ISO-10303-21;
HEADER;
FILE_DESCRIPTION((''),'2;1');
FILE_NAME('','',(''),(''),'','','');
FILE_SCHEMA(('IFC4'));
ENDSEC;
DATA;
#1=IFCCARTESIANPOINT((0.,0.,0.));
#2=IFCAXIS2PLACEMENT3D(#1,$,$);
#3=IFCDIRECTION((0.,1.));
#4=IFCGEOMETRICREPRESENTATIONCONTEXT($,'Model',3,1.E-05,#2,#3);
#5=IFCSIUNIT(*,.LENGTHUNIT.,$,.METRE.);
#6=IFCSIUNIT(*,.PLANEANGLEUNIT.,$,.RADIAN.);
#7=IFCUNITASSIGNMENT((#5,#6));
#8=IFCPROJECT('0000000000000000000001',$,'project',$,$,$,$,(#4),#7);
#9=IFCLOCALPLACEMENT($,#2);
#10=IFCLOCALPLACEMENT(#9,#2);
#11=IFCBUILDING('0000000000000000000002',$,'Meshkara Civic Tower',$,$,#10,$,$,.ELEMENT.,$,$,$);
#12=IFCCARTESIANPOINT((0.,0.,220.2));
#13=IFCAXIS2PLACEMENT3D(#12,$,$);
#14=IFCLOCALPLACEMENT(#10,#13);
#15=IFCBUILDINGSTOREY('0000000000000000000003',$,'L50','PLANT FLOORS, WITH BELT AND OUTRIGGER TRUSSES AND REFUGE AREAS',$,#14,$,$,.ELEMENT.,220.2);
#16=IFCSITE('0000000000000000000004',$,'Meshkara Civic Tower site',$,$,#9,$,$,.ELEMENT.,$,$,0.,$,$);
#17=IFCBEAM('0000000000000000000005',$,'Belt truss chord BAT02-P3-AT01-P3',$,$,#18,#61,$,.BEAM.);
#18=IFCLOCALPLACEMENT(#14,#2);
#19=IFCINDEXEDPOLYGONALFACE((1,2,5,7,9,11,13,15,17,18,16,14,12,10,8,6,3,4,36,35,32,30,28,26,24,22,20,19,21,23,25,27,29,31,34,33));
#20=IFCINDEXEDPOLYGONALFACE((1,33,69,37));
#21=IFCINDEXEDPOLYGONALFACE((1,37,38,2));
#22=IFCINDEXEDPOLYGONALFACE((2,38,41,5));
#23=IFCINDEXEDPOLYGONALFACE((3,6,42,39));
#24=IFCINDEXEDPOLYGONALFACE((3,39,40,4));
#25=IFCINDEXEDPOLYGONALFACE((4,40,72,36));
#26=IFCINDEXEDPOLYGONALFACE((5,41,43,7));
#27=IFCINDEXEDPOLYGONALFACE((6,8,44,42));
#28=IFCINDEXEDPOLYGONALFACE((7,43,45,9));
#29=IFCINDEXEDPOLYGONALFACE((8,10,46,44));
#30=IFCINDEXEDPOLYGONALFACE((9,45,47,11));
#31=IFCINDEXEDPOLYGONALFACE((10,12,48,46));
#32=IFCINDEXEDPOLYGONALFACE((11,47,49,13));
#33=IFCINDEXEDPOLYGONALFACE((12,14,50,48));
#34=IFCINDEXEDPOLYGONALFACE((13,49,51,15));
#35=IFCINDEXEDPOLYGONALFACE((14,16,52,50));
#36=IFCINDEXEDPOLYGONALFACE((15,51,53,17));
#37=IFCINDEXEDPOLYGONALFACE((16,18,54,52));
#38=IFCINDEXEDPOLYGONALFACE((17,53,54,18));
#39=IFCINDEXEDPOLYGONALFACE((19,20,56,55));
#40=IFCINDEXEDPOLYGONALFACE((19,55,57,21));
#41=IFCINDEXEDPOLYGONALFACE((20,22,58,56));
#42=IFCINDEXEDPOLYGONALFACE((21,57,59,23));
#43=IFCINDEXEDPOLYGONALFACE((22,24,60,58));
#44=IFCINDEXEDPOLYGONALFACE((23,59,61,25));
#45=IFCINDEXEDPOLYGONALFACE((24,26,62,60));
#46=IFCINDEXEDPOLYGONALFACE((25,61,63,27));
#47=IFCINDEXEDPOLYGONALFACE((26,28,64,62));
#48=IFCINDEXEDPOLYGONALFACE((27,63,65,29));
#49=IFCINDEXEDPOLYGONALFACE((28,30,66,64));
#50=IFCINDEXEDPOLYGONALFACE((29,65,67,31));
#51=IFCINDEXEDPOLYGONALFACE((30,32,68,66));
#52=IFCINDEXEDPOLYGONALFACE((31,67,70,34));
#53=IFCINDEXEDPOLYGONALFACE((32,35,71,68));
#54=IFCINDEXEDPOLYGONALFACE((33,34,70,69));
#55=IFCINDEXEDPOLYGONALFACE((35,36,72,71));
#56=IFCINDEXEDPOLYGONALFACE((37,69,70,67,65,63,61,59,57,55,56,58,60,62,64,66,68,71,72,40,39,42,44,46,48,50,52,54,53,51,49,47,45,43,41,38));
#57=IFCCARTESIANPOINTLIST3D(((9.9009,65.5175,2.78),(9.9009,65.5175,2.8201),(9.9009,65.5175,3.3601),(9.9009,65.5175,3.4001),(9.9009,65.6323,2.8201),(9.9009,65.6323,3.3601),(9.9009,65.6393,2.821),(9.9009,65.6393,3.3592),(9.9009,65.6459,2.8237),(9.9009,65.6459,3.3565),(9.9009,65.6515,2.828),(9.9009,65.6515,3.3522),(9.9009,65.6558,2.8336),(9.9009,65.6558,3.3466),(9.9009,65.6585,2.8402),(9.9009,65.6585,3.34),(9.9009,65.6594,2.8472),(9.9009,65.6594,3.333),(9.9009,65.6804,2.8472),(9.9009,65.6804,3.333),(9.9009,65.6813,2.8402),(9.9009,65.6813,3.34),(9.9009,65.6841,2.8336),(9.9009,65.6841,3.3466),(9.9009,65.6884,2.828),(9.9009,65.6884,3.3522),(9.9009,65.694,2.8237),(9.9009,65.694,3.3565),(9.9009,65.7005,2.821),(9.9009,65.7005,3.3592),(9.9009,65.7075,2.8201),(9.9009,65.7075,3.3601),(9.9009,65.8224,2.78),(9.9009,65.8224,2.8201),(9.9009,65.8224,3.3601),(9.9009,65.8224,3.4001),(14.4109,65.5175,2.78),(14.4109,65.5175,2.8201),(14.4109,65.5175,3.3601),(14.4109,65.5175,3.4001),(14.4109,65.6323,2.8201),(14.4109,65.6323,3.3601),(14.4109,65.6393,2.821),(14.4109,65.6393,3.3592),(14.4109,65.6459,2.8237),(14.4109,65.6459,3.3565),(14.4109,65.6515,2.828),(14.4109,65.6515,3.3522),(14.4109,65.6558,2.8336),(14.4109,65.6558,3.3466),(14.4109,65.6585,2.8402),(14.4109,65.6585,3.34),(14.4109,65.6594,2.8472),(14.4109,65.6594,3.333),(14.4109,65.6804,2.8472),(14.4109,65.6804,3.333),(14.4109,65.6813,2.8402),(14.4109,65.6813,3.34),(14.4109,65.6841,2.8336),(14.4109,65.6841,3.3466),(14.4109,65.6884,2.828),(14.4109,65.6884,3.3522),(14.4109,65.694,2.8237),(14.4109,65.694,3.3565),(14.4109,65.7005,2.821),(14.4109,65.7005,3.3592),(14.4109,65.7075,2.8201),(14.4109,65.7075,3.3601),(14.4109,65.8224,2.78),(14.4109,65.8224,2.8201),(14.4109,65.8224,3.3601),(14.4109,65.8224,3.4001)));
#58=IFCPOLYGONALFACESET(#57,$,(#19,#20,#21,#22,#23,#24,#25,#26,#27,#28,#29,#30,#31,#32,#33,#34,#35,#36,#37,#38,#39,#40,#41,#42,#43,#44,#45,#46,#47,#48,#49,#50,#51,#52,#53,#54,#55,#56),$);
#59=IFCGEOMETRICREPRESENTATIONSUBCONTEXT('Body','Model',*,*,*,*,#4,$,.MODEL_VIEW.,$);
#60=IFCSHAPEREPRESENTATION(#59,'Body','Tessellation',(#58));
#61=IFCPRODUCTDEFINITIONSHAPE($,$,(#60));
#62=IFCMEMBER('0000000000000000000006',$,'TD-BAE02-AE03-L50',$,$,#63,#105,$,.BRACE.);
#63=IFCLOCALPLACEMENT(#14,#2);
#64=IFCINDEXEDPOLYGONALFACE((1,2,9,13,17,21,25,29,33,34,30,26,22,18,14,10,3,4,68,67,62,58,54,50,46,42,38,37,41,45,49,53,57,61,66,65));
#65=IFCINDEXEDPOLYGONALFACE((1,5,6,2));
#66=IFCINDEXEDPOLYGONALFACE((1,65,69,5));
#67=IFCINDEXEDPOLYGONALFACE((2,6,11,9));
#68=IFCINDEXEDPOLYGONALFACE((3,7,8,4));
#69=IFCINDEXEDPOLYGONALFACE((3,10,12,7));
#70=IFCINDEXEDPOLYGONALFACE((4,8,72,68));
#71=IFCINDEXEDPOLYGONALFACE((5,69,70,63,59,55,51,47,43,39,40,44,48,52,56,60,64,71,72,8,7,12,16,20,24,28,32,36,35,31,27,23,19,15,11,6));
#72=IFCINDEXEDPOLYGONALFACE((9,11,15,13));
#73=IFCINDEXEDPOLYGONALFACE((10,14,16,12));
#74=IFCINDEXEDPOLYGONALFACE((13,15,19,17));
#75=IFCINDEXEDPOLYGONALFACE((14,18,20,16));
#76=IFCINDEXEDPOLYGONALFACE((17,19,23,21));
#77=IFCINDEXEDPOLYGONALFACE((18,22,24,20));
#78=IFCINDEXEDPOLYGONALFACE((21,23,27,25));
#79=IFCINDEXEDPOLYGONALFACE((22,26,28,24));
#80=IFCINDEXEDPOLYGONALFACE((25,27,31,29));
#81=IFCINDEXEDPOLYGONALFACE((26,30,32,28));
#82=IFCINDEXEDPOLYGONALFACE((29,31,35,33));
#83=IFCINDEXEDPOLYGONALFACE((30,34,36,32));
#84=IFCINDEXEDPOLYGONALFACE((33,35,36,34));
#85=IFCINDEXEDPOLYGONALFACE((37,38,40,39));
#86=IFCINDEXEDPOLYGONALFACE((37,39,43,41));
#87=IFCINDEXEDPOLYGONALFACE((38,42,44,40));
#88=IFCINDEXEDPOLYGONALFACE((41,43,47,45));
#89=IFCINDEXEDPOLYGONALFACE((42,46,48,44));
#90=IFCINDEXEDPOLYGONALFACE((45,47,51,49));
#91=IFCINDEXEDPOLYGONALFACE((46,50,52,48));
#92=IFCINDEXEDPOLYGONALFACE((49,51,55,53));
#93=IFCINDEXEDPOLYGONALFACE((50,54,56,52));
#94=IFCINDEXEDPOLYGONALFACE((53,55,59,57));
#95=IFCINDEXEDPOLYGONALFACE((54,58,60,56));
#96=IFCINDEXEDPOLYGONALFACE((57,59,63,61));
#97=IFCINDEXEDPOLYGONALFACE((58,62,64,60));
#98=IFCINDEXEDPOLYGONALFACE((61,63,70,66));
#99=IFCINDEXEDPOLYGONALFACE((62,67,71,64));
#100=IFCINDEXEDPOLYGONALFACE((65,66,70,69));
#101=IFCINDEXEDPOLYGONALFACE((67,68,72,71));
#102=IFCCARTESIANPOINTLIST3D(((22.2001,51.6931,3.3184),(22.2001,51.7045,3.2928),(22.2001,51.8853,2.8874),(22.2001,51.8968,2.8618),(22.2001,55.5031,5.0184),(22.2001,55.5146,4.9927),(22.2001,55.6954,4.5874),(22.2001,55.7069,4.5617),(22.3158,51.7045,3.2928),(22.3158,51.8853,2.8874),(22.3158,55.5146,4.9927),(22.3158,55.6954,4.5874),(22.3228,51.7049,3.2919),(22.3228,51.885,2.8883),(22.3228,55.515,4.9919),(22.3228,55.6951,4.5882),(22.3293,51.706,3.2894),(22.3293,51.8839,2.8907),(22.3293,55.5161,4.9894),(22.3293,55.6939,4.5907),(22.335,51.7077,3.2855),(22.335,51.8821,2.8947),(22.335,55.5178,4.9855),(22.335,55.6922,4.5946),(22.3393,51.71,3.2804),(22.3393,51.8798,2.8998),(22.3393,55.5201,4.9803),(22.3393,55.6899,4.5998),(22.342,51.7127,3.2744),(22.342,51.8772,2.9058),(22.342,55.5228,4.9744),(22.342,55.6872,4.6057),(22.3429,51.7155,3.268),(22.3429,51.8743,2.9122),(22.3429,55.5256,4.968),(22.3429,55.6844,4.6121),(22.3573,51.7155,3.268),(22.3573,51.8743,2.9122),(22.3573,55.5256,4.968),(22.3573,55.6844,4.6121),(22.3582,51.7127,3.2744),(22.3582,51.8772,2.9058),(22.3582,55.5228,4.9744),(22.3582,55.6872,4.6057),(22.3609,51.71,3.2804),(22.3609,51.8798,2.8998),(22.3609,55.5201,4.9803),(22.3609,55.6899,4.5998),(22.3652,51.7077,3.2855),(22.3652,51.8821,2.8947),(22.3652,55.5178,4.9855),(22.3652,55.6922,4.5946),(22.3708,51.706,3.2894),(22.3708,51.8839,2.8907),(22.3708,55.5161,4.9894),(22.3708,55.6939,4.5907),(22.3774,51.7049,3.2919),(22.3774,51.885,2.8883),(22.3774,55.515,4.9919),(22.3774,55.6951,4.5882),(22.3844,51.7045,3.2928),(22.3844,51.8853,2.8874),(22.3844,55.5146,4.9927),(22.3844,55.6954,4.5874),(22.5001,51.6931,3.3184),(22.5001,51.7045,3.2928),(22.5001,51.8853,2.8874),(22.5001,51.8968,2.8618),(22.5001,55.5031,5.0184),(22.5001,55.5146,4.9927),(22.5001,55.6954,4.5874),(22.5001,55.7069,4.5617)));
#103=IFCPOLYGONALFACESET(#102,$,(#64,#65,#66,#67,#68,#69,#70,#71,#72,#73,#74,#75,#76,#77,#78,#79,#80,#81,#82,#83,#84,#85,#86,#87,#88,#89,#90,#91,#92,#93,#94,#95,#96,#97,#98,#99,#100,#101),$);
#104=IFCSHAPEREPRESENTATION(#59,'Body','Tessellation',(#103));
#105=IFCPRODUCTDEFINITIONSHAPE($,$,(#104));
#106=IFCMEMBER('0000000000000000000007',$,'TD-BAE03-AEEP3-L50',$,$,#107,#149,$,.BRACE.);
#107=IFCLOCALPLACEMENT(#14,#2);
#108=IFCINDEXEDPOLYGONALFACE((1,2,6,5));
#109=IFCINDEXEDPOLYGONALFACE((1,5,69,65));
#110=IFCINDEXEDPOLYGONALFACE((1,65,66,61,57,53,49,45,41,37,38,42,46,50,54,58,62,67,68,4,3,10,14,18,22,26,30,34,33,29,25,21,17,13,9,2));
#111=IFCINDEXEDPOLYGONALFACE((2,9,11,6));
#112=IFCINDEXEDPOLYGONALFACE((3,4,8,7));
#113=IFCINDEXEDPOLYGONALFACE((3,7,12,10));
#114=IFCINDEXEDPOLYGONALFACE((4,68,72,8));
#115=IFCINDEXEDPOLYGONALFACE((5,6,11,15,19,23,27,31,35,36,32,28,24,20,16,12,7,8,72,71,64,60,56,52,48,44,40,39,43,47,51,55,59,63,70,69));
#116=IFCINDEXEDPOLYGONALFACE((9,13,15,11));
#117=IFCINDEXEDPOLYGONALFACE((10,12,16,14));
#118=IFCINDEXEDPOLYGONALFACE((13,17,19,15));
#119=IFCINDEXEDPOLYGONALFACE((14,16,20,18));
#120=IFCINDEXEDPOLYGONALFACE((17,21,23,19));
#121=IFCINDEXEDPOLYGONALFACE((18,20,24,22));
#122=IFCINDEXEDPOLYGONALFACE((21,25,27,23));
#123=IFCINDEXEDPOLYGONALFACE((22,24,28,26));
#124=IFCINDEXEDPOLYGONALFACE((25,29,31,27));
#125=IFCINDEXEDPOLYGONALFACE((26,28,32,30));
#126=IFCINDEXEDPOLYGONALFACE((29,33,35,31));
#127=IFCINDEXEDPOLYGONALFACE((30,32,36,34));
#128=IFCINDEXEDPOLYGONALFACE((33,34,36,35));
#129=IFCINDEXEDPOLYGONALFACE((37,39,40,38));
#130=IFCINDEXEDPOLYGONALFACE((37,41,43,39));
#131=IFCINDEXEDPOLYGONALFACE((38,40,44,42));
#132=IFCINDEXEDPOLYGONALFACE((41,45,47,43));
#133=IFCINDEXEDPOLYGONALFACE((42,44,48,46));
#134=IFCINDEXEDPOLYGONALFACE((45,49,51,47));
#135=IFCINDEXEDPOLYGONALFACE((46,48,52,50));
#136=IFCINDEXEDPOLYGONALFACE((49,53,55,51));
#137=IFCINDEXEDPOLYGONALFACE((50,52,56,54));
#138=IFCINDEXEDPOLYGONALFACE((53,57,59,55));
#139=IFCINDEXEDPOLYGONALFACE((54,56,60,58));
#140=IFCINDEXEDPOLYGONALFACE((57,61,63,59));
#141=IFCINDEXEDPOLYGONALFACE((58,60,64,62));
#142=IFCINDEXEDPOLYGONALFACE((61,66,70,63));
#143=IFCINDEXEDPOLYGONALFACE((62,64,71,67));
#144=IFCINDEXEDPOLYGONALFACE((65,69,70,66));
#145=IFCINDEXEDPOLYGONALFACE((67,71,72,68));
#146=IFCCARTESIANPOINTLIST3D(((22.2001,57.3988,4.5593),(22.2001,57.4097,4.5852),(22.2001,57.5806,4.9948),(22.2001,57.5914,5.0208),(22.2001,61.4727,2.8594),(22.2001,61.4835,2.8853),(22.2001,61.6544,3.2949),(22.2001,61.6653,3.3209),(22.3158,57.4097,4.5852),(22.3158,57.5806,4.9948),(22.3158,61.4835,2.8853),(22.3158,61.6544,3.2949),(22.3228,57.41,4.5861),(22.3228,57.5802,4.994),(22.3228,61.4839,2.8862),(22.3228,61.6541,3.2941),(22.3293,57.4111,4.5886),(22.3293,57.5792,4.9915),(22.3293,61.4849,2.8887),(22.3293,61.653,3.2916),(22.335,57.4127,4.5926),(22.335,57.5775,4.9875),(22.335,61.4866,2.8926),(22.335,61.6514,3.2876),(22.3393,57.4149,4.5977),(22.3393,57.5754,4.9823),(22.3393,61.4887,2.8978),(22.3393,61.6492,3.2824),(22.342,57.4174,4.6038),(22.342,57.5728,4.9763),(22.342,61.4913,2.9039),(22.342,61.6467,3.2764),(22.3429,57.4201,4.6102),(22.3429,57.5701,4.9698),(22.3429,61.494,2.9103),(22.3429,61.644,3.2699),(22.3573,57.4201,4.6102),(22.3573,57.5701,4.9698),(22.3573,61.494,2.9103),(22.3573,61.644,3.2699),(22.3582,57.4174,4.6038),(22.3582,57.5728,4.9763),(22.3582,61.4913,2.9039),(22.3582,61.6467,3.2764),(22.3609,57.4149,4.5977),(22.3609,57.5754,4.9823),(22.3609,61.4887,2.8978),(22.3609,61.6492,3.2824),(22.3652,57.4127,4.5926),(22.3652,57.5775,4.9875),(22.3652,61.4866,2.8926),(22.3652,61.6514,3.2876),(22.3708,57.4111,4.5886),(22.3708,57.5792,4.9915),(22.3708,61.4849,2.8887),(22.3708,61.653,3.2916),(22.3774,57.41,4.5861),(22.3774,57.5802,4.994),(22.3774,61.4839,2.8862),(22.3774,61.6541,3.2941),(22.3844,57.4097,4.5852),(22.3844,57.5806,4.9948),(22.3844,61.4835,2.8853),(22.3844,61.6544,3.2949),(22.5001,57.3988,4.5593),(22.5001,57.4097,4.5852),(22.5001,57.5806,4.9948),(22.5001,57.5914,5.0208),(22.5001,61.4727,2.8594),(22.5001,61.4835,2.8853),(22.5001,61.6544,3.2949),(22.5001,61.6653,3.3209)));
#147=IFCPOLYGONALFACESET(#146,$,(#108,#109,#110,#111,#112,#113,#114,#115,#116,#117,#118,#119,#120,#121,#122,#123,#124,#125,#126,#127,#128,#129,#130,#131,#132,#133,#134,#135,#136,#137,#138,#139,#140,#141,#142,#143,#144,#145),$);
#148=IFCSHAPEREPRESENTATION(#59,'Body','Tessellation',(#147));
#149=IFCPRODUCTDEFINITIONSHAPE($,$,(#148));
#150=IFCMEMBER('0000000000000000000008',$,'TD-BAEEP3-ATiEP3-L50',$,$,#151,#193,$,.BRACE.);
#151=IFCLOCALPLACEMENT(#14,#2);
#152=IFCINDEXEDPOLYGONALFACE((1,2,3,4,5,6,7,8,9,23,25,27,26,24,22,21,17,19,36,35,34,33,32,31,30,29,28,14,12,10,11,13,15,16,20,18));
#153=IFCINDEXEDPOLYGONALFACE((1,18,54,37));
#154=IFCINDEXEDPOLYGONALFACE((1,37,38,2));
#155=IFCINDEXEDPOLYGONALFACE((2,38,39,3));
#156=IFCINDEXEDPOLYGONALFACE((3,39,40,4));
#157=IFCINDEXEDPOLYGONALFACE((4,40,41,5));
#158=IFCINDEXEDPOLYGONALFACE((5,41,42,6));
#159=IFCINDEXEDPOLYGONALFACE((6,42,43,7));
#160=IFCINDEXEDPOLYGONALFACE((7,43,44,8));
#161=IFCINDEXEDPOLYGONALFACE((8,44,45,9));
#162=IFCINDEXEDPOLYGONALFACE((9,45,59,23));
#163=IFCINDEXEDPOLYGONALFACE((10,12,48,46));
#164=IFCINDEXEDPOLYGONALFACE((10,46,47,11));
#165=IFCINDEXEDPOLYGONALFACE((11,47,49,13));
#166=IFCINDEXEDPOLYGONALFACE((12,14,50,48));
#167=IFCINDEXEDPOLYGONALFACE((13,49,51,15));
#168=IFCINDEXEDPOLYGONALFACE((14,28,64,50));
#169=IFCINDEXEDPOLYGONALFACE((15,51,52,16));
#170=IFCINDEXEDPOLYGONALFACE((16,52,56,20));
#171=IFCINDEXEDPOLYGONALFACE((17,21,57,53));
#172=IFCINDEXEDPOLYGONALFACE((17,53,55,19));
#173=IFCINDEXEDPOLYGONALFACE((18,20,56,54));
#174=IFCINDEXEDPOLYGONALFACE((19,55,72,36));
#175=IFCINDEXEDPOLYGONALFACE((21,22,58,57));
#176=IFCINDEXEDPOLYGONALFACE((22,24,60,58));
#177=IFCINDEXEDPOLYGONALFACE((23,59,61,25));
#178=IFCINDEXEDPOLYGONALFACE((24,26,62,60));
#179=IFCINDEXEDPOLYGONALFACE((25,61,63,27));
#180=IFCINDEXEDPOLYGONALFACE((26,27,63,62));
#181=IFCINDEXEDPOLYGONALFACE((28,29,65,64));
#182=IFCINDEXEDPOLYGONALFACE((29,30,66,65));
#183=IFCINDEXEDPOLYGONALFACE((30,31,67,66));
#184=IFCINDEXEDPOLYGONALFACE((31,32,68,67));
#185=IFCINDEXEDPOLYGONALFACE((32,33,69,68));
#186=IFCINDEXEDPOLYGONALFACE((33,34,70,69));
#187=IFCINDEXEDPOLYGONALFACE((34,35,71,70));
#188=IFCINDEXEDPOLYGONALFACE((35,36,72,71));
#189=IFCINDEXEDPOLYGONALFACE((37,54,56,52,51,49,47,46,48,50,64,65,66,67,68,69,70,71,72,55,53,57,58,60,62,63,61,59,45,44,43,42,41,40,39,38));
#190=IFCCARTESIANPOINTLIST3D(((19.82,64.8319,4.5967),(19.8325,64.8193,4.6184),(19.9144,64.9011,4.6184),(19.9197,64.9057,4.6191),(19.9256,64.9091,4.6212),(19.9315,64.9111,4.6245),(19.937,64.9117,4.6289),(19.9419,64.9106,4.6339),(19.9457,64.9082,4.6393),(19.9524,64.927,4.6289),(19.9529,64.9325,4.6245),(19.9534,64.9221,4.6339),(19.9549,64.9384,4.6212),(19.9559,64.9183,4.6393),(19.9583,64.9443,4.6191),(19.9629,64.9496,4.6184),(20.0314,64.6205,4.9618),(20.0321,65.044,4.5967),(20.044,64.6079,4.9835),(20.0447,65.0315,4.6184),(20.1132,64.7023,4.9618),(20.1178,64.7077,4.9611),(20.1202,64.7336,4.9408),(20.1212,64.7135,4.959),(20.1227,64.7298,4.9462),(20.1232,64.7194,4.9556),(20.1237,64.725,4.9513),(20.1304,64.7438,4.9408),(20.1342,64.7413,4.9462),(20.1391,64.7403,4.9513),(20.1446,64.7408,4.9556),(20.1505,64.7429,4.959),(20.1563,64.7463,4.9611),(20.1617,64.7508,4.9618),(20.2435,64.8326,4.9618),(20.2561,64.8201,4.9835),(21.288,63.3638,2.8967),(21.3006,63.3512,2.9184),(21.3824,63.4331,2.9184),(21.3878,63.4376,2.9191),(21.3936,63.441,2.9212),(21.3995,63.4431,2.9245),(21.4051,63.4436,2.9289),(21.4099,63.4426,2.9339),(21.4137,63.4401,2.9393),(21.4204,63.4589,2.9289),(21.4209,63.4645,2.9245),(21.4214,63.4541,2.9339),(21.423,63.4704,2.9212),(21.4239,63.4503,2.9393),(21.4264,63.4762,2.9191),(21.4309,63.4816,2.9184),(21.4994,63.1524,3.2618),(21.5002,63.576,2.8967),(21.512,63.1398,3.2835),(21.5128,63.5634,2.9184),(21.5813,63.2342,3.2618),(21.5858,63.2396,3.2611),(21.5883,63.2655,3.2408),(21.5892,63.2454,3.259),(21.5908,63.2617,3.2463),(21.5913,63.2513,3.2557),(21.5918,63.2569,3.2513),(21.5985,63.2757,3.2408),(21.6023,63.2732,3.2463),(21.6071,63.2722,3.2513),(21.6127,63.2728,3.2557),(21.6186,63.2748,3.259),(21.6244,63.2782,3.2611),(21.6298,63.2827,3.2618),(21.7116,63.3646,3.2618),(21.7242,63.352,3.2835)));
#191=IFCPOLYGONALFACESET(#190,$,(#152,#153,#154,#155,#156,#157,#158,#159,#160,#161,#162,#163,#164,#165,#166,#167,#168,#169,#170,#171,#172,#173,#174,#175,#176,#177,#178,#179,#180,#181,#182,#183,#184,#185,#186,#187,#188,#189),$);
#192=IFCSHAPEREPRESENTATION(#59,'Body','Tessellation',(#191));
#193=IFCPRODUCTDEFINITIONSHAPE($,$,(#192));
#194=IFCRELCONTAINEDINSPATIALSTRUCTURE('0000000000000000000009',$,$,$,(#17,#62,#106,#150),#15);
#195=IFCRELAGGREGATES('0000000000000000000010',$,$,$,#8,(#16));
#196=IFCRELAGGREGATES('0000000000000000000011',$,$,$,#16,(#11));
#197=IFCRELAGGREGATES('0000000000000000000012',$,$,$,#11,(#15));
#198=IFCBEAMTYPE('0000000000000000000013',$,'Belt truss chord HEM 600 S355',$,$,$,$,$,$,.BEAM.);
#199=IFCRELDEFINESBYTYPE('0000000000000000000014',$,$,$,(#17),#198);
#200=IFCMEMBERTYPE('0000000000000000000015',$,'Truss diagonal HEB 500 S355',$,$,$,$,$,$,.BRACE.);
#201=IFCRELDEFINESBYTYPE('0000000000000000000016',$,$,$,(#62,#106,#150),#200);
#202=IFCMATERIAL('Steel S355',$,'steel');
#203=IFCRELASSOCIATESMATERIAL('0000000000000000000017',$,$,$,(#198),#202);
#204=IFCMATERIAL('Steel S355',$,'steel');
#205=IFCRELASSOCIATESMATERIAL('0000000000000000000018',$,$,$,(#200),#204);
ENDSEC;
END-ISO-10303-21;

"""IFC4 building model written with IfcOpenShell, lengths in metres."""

from ifc_helpers import new_model, si_unit, direction, frame, origin, origin_2d, place, context, subcontext, project, spatial, i_section, extrude, material, material_profile, profile_set, type_object, element, save


model = new_model("IFC4")

# Units and contexts
model_context = context("Model", 3, precision=1e-05, world=origin(), true_north=direction((0.0, 1.0)))
body_context = subcontext(model_context, "Body", "Model", "MODEL_VIEW")
ifc_project = project(units=[si_unit("LENGTHUNIT", "METRE"), si_unit("PLANEANGLEUNIT", "RADIAN")], contexts=[model_context])

# Site, building, storey
site_placement = place(None, origin())
site = spatial("IfcSite", under=ifc_project, at=site_placement, Name="Meshkara Civic Tower site", CompositionType="ELEMENT", RefElevation=0.0)
building_placement = place(site_placement, origin())
building = spatial("IfcBuilding", under=site, at=building_placement, Name="Meshkara Civic Tower", CompositionType="ELEMENT")
storey_placement = place(building_placement, frame((0.0, 0.0, 220.2)))
storey = spatial("IfcBuildingStorey", under=building, at=storey_placement, Name="L50", Description="PLANT FLOORS, WITH BELT AND OUTRIGGER TRUSSES AND REFUGE AREAS", CompositionType="ELEMENT", Elevation=220.2)

# Beam
ifc_material_1 = material(Name="Steel S355", Category="steel")
ifc_material_profile_1 = material_profile(ifc_material_1, i_section(OverallWidth=0.3049, OverallDepth=0.6201, WebThickness=0.021, FlangeThickness=0.04, FilletRadius=0.0271, at=origin_2d()))
ifc_profile_set_1 = profile_set([ifc_material_profile_1], Name="Steel S355")
beam_type = type_object("IfcBeamType", Name="Belt truss chord HEM 600 S355", PredefinedType="BEAM", material=ifc_profile_set_1)
for number, where, z_axis, x_axis, name in (
    (1, (14.4109, 65.6699, 3.0901), (-1.0, 0.0, 0.0), (0.0, -1.0, 0.0), "Belt truss chord BAT02-P3-AT01-P3"),
):
    element("IfcBeam", number, at=place(storey_placement, frame(where, z_axis=z_axis, x_axis=x_axis)), inside=storey, type_object=beam_type, Name=name, PredefinedType="BEAM", context=body_context, shape_type="SweptSolid", body=[
        extrude(i_section(OverallWidth=0.3049, OverallDepth=0.6201, WebThickness=0.021, FlangeThickness=0.04, FilletRadius=0.0271, at=origin_2d()), origin(), (0.0, 0.0, 1.0), 4.51),
    ])

# Members
ifc_material_2 = material(Name="Steel S355", Category="steel")
ifc_material_profile_2 = material_profile(ifc_material_2, i_section(OverallWidth=0.3, OverallDepth=0.5, WebThickness=0.0144, FlangeThickness=0.0281, FilletRadius=0.0271, at=origin_2d()))
ifc_profile_set_2 = profile_set([ifc_material_profile_2], Name="Steel S355")
member_type = type_object("IfcMemberType", Name="Truss diagonal HEB 500 S355", PredefinedType="BRACE", material=ifc_profile_set_2)
member_1_placement = place(storey_placement, frame((22.3501, 51.7949, 3.0901), z_axis=(0.0, 0.913224, 0.407457), x_axis=(-1.0, 0.0, 0.0)))
element("IfcMember", 2, at=member_1_placement, inside=storey, type_object=member_type, Name="TD-BAE02-AE03-L50", PredefinedType="BRACE", context=body_context, shape_type="SweptSolid", body=[
    extrude(i_section(OverallWidth=0.3, OverallDepth=0.5, WebThickness=0.0144, FlangeThickness=0.0281, FilletRadius=0.0271, at=origin_2d()), origin(), (0.0, 0.0, 1.0), 4.1721),
])
member_2_placement = place(storey_placement, frame((22.3501, 57.4951, 4.79), z_axis=(0.0, 0.922879, -0.385091), x_axis=(-1.0, 0.0, 0.0)))
element("IfcMember", 3, at=member_2_placement, inside=storey, type_object=member_type, Name="TD-BAE03-AEEP3-L50", PredefinedType="BRACE", context=body_context, shape_type="SweptSolid", body=[
    extrude(i_section(OverallWidth=0.3, OverallDepth=0.5, WebThickness=0.0144, FlangeThickness=0.0281, FilletRadius=0.0271, at=origin_2d()), origin(), (0.0, 0.0, 1.0), 4.4143),
])
member_3_placement = place(storey_placement, frame((21.5061, 63.3579, 3.0901), z_axis=(-0.547098, 0.547098, 0.633535), x_axis=(-0.707107, -0.707107, 0.0)))
element("IfcMember", 4, at=member_3_placement, inside=storey, type_object=member_type, Name="TD-BAEEP3-ATiEP3-L50", PredefinedType="BRACE", context=body_context, shape_type="SweptSolid", body=[
    extrude(i_section(OverallWidth=0.3, OverallDepth=0.5, WebThickness=0.0144, FlangeThickness=0.0281, FilletRadius=0.0271, at=origin_2d()), origin(), (0.0, 0.0, 1.0), 2.6833),
])

save(model, "model.ifc")
